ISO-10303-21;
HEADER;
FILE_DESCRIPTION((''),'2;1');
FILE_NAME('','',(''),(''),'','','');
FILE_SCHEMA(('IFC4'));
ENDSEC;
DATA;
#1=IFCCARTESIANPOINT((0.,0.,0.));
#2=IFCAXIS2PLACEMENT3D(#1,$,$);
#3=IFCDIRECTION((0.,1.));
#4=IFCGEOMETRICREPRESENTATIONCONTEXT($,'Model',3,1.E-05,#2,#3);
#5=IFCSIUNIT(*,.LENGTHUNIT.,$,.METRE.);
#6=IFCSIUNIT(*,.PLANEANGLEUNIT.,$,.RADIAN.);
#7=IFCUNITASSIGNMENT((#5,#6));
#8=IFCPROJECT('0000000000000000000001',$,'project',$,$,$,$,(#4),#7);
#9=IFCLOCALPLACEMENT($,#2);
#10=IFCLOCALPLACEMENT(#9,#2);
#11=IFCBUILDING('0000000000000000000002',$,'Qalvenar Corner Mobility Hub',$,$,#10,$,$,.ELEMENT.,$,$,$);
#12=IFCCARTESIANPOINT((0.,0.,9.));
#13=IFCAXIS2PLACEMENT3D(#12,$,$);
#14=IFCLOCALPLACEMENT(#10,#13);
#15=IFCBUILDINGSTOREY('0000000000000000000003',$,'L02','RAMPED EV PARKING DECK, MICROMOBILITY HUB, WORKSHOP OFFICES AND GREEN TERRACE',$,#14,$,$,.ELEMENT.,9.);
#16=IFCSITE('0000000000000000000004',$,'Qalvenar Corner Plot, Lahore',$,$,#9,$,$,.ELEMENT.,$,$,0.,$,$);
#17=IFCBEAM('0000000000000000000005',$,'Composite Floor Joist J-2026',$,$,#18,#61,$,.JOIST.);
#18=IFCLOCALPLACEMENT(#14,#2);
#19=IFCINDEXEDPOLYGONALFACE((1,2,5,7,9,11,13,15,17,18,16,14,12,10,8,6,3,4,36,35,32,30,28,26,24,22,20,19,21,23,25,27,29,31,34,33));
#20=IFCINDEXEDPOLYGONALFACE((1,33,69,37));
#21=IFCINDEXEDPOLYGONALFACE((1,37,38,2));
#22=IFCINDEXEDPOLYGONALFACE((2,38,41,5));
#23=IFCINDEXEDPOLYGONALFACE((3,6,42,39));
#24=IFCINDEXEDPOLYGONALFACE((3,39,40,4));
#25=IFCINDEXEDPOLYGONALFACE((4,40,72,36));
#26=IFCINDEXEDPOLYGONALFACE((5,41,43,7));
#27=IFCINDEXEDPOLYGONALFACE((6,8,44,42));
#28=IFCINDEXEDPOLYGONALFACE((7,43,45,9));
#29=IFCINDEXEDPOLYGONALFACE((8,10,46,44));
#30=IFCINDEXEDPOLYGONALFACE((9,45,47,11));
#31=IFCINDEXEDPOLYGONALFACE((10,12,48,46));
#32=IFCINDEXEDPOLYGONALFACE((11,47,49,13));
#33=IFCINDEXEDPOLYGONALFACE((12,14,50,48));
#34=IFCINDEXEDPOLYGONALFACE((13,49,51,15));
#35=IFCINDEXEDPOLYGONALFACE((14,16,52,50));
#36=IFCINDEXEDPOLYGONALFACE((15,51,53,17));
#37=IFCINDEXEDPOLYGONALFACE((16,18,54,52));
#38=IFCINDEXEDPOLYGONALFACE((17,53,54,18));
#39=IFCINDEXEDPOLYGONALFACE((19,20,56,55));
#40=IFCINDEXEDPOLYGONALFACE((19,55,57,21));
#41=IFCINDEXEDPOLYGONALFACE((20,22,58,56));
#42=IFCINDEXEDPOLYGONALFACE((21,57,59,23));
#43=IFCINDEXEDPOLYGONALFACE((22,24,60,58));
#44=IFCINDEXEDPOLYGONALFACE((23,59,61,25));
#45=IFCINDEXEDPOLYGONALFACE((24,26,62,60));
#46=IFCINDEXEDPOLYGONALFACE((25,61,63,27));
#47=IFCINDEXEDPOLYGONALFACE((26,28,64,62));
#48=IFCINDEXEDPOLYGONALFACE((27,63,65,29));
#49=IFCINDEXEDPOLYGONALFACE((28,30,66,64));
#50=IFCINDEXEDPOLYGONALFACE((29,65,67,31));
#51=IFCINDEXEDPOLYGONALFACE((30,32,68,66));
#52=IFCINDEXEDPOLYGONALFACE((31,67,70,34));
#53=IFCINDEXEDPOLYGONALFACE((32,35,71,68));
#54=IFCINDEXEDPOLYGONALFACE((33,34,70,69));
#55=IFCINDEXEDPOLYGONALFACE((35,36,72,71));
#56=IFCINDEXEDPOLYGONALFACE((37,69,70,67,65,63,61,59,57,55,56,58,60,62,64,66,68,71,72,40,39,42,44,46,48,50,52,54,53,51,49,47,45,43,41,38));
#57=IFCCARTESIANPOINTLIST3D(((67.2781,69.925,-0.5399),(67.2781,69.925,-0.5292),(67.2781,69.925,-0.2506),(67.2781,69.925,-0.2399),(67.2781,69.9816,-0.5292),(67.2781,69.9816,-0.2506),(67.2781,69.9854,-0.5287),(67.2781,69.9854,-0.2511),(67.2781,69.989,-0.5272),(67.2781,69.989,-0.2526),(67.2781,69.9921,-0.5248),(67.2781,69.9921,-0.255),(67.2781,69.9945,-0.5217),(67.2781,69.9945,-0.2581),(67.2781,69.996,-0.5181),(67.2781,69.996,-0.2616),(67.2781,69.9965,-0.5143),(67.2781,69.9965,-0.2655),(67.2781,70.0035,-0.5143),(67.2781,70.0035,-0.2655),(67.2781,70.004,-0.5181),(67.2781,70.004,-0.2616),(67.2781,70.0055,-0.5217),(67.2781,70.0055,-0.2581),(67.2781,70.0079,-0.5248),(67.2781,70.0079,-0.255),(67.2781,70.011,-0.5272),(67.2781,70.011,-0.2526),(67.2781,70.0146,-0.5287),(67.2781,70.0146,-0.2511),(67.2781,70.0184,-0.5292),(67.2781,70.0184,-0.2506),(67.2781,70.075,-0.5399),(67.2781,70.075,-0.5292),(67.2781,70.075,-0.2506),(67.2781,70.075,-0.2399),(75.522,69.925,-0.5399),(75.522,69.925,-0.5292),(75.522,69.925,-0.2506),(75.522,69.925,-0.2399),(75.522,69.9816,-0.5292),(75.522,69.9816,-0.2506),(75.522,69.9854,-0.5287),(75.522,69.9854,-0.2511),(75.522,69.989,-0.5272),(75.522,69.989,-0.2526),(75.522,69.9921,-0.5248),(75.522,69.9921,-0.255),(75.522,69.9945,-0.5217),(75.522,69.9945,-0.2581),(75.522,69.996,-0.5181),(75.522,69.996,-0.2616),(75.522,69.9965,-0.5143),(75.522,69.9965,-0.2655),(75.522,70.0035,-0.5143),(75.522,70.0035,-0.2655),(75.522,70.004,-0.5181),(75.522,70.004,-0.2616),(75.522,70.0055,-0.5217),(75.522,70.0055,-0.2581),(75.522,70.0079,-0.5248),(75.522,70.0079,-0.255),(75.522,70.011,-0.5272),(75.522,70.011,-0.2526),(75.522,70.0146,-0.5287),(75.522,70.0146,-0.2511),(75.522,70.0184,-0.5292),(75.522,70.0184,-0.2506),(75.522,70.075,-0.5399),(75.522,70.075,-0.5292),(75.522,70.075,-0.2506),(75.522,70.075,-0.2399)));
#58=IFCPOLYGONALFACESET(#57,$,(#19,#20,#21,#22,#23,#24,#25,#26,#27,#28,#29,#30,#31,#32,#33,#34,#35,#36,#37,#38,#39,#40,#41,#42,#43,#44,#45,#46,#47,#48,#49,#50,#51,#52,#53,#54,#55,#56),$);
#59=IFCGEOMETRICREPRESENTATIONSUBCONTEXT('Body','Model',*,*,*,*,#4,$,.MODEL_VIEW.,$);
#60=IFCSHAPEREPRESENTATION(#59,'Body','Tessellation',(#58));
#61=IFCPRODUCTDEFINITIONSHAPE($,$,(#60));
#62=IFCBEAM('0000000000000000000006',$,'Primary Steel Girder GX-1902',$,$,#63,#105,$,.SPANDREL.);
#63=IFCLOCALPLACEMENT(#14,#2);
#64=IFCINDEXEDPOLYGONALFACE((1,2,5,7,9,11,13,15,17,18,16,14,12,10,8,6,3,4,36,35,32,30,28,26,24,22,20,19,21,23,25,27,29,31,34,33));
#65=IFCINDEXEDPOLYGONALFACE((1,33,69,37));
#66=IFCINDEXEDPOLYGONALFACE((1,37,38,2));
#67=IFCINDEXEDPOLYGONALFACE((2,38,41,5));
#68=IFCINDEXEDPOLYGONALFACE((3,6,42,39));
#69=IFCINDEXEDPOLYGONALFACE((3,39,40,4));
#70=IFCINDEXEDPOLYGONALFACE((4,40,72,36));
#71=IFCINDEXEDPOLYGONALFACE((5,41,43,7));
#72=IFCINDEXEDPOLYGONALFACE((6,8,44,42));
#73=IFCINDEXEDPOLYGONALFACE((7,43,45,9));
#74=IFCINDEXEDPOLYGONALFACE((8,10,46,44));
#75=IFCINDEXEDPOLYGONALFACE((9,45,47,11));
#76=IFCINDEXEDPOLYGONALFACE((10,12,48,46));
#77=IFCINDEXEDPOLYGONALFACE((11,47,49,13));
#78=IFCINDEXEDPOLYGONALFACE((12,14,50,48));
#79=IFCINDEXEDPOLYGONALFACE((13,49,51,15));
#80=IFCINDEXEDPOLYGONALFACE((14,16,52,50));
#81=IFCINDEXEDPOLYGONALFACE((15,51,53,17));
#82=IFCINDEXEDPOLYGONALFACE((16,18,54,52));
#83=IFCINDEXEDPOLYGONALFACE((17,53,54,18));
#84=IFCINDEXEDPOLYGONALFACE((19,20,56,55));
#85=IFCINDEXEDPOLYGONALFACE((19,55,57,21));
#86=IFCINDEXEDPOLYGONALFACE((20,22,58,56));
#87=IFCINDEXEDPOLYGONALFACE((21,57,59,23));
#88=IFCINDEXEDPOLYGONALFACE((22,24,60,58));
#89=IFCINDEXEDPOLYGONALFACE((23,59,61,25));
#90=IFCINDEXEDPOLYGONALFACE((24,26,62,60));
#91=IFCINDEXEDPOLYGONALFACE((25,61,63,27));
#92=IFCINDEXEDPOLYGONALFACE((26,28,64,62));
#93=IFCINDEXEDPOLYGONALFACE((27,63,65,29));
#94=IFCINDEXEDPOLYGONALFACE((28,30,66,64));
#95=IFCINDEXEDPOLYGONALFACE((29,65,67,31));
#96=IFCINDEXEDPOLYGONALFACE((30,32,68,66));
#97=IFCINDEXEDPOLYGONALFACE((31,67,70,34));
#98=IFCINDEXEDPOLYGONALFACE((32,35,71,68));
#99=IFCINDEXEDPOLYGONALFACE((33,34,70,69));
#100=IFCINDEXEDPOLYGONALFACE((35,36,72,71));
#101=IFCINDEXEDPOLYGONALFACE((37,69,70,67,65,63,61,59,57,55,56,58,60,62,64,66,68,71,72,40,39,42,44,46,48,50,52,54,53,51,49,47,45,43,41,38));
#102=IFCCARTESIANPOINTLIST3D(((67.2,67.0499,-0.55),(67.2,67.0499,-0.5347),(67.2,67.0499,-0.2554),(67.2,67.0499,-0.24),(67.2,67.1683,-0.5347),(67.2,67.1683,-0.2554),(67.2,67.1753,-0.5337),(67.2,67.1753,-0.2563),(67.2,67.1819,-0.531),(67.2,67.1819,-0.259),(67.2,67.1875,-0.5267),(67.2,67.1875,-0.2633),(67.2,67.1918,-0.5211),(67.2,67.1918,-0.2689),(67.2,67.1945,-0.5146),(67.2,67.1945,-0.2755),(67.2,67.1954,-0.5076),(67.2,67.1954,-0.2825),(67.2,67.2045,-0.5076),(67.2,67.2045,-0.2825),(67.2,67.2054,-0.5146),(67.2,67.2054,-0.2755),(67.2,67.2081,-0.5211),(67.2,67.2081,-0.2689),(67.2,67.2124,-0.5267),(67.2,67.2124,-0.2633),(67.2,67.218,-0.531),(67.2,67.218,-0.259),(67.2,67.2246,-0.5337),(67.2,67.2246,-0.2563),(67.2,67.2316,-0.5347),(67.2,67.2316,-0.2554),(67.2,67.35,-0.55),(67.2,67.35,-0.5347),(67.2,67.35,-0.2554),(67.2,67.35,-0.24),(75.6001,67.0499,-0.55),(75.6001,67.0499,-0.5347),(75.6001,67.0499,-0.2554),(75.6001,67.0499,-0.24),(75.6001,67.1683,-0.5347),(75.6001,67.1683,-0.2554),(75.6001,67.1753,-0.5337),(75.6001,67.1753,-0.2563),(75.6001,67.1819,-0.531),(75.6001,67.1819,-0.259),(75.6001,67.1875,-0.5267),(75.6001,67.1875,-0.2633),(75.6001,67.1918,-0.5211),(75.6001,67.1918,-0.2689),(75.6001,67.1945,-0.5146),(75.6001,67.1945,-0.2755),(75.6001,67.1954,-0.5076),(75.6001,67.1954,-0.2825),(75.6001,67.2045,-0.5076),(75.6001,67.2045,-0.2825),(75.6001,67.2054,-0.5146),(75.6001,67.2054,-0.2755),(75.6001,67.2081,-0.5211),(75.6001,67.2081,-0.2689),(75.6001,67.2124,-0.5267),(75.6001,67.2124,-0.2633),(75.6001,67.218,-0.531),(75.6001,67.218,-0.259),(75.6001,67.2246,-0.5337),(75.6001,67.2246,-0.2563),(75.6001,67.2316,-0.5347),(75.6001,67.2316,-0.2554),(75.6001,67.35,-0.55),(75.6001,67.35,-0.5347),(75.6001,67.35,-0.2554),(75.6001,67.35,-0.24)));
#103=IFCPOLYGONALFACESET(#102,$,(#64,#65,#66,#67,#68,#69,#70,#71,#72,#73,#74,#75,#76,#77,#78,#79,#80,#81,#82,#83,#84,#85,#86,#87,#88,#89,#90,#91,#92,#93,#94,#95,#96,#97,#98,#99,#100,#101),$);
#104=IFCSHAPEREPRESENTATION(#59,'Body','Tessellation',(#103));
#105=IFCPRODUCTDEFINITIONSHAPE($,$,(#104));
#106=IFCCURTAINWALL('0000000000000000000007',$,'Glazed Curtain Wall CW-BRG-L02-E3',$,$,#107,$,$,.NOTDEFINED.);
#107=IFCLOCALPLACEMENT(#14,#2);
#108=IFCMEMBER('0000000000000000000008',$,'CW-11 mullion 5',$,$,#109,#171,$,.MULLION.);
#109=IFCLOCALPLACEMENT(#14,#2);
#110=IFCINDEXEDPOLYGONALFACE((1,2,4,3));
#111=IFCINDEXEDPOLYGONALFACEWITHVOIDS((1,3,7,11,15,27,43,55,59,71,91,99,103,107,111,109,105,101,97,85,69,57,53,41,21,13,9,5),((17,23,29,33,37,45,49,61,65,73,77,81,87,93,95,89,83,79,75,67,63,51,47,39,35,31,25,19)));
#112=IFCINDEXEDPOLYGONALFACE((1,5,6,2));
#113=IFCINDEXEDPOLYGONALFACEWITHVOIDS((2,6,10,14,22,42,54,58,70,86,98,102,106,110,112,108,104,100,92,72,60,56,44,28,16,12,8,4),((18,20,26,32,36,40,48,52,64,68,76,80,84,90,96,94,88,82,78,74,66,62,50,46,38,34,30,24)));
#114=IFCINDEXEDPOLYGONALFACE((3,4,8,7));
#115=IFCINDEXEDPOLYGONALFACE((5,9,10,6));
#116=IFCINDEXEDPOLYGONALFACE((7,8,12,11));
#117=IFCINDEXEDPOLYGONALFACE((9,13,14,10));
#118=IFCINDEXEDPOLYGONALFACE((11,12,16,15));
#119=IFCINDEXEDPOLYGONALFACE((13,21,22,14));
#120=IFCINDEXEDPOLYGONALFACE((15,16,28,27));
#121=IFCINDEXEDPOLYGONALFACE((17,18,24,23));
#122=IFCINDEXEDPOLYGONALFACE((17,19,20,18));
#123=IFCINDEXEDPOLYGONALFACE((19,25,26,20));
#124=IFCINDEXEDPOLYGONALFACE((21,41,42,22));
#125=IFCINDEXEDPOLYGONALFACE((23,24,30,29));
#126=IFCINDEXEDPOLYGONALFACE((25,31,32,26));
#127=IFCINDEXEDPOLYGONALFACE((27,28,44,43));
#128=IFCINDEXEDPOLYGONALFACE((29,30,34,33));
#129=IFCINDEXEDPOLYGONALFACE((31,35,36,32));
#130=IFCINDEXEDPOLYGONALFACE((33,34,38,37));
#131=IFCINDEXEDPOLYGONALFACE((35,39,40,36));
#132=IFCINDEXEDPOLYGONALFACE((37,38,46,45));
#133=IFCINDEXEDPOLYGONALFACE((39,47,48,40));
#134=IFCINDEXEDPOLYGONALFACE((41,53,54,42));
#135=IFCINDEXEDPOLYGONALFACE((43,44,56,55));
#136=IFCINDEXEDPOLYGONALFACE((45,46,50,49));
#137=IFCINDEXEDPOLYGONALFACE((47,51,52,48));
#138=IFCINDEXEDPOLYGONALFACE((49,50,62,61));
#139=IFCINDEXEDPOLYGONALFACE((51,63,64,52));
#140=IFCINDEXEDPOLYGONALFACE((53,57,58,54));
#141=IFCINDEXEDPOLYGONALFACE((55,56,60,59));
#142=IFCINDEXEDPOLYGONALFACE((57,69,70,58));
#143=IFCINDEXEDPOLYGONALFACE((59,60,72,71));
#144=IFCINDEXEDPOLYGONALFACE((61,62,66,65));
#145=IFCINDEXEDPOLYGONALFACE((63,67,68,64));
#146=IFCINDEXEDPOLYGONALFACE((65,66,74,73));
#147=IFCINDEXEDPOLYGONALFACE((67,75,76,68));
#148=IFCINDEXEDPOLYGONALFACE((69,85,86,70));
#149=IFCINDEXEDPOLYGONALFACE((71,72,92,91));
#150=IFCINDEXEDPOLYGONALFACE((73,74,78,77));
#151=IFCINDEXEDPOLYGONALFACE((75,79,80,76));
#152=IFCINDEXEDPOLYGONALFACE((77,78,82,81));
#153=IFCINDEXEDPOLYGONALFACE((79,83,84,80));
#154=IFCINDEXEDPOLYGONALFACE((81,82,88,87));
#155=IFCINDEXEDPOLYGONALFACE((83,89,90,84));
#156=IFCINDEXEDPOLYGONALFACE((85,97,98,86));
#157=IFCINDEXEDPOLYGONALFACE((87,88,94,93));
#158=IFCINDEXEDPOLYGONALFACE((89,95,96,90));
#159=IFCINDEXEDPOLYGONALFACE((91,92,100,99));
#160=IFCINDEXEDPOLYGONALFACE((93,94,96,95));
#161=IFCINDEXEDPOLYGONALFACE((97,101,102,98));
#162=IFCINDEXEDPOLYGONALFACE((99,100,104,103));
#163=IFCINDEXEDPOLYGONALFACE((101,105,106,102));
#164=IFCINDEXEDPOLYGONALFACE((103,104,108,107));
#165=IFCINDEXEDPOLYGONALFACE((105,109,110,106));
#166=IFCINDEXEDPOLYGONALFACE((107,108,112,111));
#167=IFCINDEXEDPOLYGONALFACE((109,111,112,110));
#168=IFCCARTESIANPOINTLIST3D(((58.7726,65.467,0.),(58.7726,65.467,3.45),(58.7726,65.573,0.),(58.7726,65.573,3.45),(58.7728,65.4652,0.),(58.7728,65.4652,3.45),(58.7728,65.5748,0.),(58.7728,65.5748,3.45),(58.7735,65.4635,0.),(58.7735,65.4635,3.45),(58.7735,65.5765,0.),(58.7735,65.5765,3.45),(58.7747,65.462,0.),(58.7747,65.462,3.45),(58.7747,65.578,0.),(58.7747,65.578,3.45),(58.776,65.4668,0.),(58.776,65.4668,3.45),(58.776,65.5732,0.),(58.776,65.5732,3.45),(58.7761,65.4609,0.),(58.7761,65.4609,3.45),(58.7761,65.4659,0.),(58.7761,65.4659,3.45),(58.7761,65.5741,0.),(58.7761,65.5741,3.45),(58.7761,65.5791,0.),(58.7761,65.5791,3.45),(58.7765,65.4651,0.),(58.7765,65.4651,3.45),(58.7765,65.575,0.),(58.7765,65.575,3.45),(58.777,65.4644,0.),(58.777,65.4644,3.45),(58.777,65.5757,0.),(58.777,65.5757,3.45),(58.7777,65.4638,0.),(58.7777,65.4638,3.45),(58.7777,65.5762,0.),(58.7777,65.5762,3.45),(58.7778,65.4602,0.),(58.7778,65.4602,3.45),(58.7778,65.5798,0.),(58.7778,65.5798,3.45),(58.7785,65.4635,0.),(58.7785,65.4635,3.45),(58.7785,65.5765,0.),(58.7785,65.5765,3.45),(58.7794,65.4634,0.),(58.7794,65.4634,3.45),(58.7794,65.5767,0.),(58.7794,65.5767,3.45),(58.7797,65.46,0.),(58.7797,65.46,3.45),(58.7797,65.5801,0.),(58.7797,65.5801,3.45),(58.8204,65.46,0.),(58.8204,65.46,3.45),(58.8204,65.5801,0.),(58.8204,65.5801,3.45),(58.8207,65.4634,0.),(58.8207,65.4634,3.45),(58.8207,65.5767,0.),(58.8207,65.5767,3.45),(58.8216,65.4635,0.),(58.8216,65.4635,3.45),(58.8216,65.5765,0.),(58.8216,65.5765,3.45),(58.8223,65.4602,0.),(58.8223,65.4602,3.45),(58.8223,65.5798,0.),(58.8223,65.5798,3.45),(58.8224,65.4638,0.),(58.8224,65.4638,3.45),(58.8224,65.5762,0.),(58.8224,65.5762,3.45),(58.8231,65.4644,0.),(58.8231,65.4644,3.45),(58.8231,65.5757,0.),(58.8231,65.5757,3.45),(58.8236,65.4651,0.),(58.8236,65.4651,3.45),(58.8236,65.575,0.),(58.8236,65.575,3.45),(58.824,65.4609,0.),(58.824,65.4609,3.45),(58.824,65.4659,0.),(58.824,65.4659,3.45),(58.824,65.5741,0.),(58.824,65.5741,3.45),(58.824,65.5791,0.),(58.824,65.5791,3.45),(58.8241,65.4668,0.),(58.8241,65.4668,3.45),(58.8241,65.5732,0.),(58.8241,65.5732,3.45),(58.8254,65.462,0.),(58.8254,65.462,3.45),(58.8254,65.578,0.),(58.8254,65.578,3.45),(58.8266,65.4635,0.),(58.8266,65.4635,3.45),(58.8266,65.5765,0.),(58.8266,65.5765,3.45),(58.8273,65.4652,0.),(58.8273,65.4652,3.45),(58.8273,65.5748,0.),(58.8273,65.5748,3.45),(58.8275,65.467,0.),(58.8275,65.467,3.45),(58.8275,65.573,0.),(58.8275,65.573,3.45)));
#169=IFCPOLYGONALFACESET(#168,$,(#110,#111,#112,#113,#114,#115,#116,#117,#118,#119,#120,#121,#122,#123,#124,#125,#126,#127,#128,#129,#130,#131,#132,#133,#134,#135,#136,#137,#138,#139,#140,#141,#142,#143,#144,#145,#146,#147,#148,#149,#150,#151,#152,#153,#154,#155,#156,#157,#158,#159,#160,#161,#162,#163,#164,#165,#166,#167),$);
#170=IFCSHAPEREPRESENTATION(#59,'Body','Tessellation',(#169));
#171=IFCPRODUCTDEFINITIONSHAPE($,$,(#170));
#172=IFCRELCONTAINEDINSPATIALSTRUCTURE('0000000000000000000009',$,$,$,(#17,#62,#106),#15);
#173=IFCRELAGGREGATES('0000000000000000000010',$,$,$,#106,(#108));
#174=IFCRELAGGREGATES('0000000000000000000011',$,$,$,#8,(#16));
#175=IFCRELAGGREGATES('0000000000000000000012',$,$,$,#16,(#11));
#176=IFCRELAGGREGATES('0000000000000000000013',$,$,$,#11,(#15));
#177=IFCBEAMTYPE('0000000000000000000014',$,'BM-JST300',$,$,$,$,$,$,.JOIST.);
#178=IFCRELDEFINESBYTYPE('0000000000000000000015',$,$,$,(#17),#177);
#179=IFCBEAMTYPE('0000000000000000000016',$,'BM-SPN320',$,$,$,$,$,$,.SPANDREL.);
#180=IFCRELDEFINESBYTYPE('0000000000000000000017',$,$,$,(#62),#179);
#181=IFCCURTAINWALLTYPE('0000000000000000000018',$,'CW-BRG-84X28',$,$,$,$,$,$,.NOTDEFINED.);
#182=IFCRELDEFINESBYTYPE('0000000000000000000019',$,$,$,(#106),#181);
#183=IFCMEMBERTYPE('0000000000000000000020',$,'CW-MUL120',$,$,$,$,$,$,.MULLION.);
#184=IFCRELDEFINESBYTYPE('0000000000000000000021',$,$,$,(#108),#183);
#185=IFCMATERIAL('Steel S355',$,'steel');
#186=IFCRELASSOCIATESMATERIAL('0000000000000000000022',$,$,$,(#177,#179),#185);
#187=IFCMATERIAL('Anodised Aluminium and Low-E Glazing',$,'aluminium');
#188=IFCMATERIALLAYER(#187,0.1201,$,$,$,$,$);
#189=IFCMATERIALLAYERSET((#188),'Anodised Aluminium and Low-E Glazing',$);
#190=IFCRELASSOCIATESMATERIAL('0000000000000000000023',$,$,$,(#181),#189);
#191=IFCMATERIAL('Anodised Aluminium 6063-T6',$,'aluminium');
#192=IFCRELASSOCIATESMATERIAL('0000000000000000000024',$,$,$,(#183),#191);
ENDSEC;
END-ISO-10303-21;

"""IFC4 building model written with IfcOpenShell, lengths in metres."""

from ifc_helpers import new_model, si_unit, direction, frame, origin, origin_2d, place, context, subcontext, project, spatial, hollow_rectangle, i_section, extrude, material, layer, layer_set, material_profile, profile_set, type_object, element, aggregate, save


model = new_model("IFC4")

# Units and contexts
model_context = context("Model", 3, precision=1e-05, world=origin(), true_north=direction((0.0, 1.0)))
body_context = subcontext(model_context, "Body", "Model", "MODEL_VIEW")
ifc_project = project(units=[si_unit("LENGTHUNIT", "METRE"), si_unit("PLANEANGLEUNIT", "RADIAN")], contexts=[model_context])

# Site, building, storey
site_placement = place(None, origin())
site = spatial("IfcSite", under=ifc_project, at=site_placement, Name="Qalvenar Corner Plot, Lahore", CompositionType="ELEMENT", RefElevation=0.0)
building_placement = place(site_placement, origin())
building = spatial("IfcBuilding", under=site, at=building_placement, Name="Qalvenar Corner Mobility Hub", CompositionType="ELEMENT")
storey_placement = place(building_placement, frame((0.0, 0.0, 9.0)))
storey = spatial("IfcBuildingStorey", under=building, at=storey_placement, Name="L02", Description="RAMPED EV PARKING DECK, MICROMOBILITY HUB, WORKSHOP OFFICES AND GREEN TERRACE", CompositionType="ELEMENT", Elevation=9.0)

# Shared definitions
ifc_material_1 = material(Name="Steel S355", Category="steel")

# Beams
ifc_material_profile_1 = material_profile(ifc_material_1, i_section(OverallWidth=0.1499, OverallDepth=0.3, WebThickness=0.0071, FlangeThickness=0.0107, FilletRadius=0.0149, at=origin_2d()), Name="IPE300")
ifc_profile_set_1 = profile_set([ifc_material_profile_1], Name="Steel S355")
beam_type_1 = type_object("IfcBeamType", Name="BM-JST300", PredefinedType="JOIST", material=ifc_profile_set_1)
beam_1_placement = place(storey_placement, frame((67.2781, 70.0, -0.3899), z_axis=(1.0, 0.0, 0.0), x_axis=(0.0, 1.0, 0.0)))
element("IfcBeam", 1, at=beam_1_placement, inside=storey, type_object=beam_type_1, Name="Composite Floor Joist J-2026", PredefinedType="JOIST", context=body_context, shape_type="SweptSolid", body=[
    extrude(i_section(OverallWidth=0.1499, OverallDepth=0.3, WebThickness=0.0071, FlangeThickness=0.0107, FilletRadius=0.0149, at=origin_2d()), origin(), (0.0, 0.0, 1.0), 8.2439),
])
ifc_material_profile_2 = material_profile(ifc_material_1, i_section(OverallWidth=0.3, OverallDepth=0.3101, WebThickness=0.009, FlangeThickness=0.0154, FilletRadius=0.0271, at=origin_2d()), Name="HEA320")
ifc_profile_set_2 = profile_set([ifc_material_profile_2], Name="Steel S355")
beam_type_2 = type_object("IfcBeamType", Name="BM-SPN320", PredefinedType="SPANDREL", material=ifc_profile_set_2)
beam_2_placement = place(storey_placement, frame((67.2, 67.2, -0.395), z_axis=(1.0, 0.0, 0.0), x_axis=(0.0, 1.0, 0.0)))
element("IfcBeam", 2, at=beam_2_placement, inside=storey, type_object=beam_type_2, Name="Primary Steel Girder GX-1902", PredefinedType="SPANDREL", context=body_context, shape_type="SweptSolid", body=[
    extrude(i_section(OverallWidth=0.3, OverallDepth=0.3101, WebThickness=0.009, FlangeThickness=0.0154, FilletRadius=0.0271, at=origin_2d()), origin(), (0.0, 0.0, 1.0), 8.4001),
])

# Curtain wall, member
ifc_material_2 = material(Name="Anodised Aluminium and Low-E Glazing", Category="aluminium")
ifc_layer_1 = layer(ifc_material_2, 0.1201)
ifc_layer_set_1 = layer_set([ifc_layer_1], Name="Anodised Aluminium and Low-E Glazing")
curtain_wall_type = type_object("IfcCurtainWallType", Name="CW-BRG-84X28", PredefinedType="NOTDEFINED", material=ifc_layer_set_1)
curtain_wall_placement = place(storey_placement, origin())
curtain_wall = element("IfcCurtainWall", 3, at=curtain_wall_placement, inside=storey, type_object=curtain_wall_type, Name="Glazed Curtain Wall CW-BRG-L02-E3", PredefinedType="NOTDEFINED")
ifc_material_3 = material(Name="Anodised Aluminium 6063-T6", Category="aluminium")
ifc_material_profile_3 = material_profile(ifc_material_3, hollow_rectangle(XDim=0.0549, YDim=0.1201, WallThickness=0.0034, InnerFilletRadius=0.0034, OuterFilletRadius=0.0071, at=origin_2d()), Name="RHS120x55x3.5")
ifc_profile_set_3 = profile_set([ifc_material_profile_3], Name="Anodised Aluminium 6063-T6")
member_type_1 = type_object("IfcMemberType", Name="CW-MUL120", PredefinedType="MULLION", material=ifc_profile_set_3)
member_1_placement = place(storey_placement, frame((58.8, 65.52, 0.0), z_axis=(0.0, 0.0, 1.0), x_axis=(-1.0, 0.0, 0.0)))
member_1 = element("IfcMember", 4, at=member_1_placement, type_object=member_type_1, Name="CW-11 mullion 5", PredefinedType="MULLION", context=body_context, shape_type="SweptSolid", body=[
    extrude(hollow_rectangle(XDim=0.0549, YDim=0.1201, WallThickness=0.0034, InnerFilletRadius=0.0034, OuterFilletRadius=0.0071, at=origin_2d()), origin(), (0.0, 0.0, 1.0), 3.45),
])

aggregate(curtain_wall, [member_1])

save(model, "model.ifc")
